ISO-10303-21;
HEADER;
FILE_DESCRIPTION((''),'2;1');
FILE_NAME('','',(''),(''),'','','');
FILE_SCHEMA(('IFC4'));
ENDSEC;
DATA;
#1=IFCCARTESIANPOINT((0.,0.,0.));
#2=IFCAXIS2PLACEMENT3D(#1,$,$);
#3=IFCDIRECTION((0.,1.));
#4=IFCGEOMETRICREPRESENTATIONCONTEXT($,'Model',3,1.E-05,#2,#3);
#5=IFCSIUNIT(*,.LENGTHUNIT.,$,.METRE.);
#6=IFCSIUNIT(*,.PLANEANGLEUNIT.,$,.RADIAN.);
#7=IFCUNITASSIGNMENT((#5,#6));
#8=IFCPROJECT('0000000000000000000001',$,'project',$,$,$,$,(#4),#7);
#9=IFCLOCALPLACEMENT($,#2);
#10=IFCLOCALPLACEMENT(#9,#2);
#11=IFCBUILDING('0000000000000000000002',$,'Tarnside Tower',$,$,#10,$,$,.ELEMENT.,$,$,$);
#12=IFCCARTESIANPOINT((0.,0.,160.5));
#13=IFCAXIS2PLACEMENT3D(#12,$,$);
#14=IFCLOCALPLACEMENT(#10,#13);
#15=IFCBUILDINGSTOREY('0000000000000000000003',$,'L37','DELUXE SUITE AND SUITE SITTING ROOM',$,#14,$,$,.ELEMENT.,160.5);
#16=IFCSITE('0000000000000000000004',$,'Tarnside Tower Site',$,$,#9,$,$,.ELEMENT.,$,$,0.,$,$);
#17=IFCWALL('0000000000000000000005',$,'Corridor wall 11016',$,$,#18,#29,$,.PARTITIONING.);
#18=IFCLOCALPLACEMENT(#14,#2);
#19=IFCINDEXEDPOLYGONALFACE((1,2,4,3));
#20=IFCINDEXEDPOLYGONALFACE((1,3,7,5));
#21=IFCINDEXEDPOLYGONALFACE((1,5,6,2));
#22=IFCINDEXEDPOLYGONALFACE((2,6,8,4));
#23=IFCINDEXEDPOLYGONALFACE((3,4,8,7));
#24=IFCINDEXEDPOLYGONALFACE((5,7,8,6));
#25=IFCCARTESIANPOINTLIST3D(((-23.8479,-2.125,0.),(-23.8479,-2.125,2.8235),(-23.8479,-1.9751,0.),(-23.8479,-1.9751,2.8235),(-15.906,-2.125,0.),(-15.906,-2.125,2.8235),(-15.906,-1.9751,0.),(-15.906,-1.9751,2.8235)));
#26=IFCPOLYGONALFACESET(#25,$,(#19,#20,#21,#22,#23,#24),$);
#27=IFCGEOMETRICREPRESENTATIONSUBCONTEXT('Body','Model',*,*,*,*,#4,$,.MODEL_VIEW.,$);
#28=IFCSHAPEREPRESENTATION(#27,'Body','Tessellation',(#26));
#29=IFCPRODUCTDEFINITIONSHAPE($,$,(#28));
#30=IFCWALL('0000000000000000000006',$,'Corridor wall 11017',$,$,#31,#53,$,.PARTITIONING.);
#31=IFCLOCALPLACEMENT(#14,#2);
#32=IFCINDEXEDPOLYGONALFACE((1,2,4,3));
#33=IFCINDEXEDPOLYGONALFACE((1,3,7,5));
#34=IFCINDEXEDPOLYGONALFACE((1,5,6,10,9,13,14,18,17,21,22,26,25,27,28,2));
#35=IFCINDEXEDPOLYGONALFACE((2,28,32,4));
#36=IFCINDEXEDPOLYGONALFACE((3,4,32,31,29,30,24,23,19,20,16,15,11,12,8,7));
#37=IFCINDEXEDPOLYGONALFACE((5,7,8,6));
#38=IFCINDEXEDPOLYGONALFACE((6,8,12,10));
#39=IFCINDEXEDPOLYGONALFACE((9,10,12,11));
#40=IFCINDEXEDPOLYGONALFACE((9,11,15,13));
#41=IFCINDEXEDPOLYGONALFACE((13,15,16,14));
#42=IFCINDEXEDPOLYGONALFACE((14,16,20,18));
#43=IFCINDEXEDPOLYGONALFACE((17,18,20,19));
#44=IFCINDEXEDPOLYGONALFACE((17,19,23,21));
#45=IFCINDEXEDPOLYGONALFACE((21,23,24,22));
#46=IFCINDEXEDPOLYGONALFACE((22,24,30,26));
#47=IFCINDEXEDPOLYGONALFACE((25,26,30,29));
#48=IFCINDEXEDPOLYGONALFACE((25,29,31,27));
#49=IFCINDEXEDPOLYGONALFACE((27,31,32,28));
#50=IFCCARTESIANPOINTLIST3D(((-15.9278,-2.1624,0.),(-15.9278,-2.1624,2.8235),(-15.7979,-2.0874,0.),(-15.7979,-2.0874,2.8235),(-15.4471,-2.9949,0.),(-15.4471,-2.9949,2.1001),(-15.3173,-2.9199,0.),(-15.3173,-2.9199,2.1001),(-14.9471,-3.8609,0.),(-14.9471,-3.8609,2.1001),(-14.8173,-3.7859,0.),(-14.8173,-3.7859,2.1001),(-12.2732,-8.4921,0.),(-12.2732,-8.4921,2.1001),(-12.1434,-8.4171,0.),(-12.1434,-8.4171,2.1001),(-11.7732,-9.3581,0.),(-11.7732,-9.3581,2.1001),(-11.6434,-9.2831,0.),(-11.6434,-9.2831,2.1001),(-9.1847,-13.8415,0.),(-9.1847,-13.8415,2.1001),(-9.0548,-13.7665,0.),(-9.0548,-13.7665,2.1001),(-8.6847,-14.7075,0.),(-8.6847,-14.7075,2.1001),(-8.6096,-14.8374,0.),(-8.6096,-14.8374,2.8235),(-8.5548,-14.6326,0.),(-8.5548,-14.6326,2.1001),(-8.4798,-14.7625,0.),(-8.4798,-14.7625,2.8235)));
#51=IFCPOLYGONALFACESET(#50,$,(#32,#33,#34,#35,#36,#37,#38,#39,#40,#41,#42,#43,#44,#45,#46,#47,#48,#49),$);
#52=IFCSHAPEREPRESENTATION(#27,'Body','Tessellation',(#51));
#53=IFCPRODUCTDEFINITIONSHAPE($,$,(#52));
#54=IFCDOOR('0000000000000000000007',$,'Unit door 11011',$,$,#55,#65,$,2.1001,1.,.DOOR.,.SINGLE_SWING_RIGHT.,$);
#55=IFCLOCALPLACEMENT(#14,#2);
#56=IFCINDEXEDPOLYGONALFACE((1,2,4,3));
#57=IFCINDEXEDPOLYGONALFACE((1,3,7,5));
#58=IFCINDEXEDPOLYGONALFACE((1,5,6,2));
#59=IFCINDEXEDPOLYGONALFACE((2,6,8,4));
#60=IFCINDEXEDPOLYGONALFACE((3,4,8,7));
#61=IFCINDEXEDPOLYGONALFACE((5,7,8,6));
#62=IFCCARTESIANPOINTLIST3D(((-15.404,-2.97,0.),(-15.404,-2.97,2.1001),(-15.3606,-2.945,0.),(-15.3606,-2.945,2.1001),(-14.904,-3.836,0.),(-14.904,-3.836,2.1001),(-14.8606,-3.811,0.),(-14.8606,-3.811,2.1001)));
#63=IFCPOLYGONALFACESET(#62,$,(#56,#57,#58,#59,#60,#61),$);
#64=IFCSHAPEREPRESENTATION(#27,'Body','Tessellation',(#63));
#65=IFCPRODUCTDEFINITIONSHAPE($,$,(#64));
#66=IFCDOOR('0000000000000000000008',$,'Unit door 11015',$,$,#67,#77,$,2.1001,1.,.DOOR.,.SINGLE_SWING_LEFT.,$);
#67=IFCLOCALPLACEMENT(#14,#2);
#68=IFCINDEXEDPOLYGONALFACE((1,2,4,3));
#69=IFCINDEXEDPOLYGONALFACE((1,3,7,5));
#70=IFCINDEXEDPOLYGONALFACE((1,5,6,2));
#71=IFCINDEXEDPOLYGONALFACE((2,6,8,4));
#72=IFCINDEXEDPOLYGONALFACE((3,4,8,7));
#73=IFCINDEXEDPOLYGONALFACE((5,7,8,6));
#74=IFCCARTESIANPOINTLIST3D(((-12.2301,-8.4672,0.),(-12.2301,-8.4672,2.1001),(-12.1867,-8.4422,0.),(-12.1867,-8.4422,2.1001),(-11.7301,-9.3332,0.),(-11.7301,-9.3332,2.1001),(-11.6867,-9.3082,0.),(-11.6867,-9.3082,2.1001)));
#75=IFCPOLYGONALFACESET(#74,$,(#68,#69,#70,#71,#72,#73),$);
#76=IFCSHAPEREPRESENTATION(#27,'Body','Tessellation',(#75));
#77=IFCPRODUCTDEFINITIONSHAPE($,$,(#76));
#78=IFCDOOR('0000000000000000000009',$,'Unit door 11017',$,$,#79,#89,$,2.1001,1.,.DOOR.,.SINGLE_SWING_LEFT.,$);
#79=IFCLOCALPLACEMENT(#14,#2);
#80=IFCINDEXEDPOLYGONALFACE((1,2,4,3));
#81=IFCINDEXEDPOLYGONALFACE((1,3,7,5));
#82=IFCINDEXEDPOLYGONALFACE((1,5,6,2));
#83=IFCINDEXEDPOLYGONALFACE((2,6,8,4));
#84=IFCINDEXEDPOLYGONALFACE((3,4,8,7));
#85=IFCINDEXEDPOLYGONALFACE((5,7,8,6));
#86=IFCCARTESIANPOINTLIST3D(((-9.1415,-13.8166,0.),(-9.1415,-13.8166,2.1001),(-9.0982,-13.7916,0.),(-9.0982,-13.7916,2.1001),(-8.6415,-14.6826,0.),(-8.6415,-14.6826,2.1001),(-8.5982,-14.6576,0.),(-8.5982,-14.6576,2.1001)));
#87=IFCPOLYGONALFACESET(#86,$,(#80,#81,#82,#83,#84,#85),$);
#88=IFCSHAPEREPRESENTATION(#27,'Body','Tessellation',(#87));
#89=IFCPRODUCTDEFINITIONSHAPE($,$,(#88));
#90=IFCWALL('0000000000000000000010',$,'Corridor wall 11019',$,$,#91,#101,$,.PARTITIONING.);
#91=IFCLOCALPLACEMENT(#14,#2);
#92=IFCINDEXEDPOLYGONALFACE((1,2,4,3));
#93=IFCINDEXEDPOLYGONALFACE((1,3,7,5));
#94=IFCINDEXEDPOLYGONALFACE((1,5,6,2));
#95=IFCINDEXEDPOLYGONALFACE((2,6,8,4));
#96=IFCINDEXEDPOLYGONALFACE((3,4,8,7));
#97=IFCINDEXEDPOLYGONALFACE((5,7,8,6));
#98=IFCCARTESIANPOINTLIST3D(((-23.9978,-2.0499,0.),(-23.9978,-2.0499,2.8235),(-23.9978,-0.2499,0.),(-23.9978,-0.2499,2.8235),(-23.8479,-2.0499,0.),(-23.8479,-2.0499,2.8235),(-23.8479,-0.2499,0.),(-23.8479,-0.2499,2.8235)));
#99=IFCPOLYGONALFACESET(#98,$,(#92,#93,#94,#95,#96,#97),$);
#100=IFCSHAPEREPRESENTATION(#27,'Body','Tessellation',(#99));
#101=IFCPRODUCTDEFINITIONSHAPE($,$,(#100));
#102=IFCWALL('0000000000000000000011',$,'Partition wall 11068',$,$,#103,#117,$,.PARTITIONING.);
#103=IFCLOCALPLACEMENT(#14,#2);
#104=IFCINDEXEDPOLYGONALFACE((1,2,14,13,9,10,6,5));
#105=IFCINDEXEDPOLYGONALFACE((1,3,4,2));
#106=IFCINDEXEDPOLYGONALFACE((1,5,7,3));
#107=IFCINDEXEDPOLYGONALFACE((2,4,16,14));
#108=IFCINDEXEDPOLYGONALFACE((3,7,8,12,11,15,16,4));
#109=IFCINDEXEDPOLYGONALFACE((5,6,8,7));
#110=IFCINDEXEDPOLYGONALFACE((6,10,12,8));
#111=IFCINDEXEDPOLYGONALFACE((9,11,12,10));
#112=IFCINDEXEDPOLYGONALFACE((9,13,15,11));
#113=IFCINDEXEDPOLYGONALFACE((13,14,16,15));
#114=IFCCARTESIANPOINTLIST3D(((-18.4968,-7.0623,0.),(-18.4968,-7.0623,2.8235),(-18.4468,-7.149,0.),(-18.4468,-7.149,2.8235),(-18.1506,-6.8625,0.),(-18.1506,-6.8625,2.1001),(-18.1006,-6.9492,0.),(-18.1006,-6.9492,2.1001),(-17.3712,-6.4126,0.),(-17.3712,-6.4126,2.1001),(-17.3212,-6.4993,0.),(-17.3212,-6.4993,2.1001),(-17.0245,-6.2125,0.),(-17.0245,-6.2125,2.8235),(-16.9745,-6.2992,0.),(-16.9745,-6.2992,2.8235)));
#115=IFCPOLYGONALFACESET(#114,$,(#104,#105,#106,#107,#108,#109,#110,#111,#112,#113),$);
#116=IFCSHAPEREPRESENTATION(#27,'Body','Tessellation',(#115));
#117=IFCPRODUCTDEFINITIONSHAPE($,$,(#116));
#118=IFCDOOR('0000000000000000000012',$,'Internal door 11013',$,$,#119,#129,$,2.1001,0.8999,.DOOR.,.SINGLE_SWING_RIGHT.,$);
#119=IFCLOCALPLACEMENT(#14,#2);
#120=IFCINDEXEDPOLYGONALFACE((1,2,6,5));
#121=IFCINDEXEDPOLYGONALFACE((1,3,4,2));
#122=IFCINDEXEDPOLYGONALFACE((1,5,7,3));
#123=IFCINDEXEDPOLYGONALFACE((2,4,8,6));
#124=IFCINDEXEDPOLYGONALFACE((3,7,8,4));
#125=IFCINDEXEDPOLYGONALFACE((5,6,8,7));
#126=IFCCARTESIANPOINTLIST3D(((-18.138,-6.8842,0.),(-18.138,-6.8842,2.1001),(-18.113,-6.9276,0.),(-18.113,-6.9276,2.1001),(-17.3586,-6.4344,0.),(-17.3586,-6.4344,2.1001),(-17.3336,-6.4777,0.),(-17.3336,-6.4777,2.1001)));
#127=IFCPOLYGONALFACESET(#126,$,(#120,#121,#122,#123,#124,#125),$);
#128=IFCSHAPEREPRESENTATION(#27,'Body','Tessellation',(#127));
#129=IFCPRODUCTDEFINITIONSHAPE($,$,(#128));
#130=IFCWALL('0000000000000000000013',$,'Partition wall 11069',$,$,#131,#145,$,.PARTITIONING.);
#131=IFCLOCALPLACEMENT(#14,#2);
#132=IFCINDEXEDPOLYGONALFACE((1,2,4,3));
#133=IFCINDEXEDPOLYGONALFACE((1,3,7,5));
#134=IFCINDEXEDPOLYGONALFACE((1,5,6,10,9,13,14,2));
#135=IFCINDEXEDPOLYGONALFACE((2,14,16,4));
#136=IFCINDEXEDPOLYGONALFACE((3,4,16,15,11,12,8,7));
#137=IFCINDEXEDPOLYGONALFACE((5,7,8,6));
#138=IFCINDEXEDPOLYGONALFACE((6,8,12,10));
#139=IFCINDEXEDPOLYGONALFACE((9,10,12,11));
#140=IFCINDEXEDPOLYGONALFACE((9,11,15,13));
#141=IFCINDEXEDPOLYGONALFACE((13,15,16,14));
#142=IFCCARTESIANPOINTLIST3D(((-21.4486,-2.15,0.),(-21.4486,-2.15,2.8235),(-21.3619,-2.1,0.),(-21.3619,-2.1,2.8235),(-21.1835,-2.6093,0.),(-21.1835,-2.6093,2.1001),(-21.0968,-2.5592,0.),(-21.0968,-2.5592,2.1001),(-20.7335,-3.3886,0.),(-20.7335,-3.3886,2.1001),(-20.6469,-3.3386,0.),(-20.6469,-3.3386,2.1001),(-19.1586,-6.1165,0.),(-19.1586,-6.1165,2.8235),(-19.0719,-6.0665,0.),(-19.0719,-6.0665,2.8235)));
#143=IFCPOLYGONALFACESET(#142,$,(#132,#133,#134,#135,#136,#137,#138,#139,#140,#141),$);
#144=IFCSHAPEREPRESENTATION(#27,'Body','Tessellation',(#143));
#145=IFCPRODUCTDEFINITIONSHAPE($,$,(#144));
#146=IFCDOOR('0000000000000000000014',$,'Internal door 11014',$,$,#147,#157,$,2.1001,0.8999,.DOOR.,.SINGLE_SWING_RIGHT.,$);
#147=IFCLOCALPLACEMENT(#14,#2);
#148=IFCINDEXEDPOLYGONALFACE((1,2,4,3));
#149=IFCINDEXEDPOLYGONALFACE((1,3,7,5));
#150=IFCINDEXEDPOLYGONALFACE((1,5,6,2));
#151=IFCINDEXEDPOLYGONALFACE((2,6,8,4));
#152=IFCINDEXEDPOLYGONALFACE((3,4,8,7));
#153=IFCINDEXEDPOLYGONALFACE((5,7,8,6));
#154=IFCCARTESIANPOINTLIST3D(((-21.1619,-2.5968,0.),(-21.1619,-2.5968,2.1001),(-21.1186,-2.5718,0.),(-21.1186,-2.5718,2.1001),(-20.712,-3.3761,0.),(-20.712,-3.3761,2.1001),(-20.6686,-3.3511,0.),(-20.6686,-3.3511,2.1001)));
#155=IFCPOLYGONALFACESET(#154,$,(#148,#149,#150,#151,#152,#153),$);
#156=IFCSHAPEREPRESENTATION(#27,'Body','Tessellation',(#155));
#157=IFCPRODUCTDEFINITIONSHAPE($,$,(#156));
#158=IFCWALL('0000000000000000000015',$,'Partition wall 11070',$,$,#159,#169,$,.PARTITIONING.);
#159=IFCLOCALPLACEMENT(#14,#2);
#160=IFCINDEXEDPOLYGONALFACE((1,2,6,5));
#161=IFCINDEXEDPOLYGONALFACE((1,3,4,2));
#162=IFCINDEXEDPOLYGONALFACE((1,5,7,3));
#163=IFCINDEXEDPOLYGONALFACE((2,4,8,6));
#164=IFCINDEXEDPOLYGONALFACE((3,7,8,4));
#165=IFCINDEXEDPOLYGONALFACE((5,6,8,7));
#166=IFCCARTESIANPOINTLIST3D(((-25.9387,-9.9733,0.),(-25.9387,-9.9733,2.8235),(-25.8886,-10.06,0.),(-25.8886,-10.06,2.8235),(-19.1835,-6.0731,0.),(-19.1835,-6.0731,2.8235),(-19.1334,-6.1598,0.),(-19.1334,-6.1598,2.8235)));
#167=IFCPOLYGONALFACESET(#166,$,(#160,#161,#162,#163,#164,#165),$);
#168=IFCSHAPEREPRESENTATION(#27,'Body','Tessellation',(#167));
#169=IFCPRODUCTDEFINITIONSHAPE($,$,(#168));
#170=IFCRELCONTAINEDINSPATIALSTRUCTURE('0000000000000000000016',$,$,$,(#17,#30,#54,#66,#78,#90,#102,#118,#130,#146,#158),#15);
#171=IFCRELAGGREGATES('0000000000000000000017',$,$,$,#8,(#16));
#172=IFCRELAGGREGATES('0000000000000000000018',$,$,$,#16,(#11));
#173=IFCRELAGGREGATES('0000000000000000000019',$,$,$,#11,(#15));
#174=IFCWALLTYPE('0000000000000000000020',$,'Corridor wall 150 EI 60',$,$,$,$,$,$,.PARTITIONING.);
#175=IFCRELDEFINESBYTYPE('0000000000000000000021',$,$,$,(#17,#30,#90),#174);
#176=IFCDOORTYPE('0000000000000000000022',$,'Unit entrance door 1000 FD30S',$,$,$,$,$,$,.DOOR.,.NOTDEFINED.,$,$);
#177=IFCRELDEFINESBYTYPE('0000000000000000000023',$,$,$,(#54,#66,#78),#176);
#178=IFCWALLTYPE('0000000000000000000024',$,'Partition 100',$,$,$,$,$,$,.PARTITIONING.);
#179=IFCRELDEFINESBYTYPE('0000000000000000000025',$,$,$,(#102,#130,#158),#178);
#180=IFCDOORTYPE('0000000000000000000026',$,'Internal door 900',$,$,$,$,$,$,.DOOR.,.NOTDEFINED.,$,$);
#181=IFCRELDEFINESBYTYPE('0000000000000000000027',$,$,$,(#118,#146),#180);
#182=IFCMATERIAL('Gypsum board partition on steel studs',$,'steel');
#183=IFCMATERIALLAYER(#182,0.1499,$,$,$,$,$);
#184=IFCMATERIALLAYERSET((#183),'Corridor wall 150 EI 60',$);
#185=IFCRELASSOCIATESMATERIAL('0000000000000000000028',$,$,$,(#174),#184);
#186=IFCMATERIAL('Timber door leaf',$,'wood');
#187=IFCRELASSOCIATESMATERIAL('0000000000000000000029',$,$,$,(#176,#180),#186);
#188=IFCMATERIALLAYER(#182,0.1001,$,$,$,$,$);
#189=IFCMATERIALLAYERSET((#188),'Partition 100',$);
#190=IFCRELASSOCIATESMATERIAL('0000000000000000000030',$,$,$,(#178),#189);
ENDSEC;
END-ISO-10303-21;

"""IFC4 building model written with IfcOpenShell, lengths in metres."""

from ifc_helpers import new_model, si_unit, direction, frame, frame_2d, origin, place, context, subcontext, project, spatial, rectangle, extrude, material, layer, layer_set, type_object, element, fill, save


model = new_model("IFC4")

# Units and contexts
model_context = context("Model", 3, precision=1e-05, world=origin(), true_north=direction((0.0, 1.0)))
body_context = subcontext(model_context, "Body", "Model", "MODEL_VIEW")
ifc_project = project(units=[si_unit("LENGTHUNIT", "METRE"), si_unit("PLANEANGLEUNIT", "RADIAN")], contexts=[model_context])

# Site, building, storey
site_placement = place(None, origin())
site = spatial("IfcSite", under=ifc_project, at=site_placement, Name="Tarnside Tower Site", CompositionType="ELEMENT", RefElevation=0.0)
building_placement = place(site_placement, origin())
building = spatial("IfcBuilding", under=site, at=building_placement, Name="Tarnside Tower", CompositionType="ELEMENT")
storey_placement = place(building_placement, frame((0.0, 0.0, 160.5)))
storey = spatial("IfcBuildingStorey", under=building, at=storey_placement, Name="L37", Description="DELUXE SUITE AND SUITE SITTING ROOM", CompositionType="ELEMENT", Elevation=160.5)

# Shared definitions
ifc_material_1 = material(Name="Gypsum board partition on steel studs", Category="steel")
ifc_material_2 = material(Name="Timber door leaf", Category="wood")

# Wall
ifc_layer_1 = layer(ifc_material_1, 0.1499)
ifc_layer_set_1 = layer_set([ifc_layer_1], Name="Corridor wall 150 EI 60")
wall_type_1 = type_object("IfcWallType", Name="Corridor wall 150 EI 60", PredefinedType="PARTITIONING", material=ifc_layer_set_1)
wall_1_placement = place(storey_placement, frame((-23.8479, -2.05, 0.0), z_axis=(0.0, 0.0, 1.0), x_axis=(1.0, 0.0, 0.0)))
element("IfcWall", 1, at=wall_1_placement, inside=storey, type_object=wall_type_1, Name="Corridor wall 11016", PredefinedType="PARTITIONING", context=body_context, shape_type="SweptSolid", body=[
    extrude(rectangle(XDim=7.9419, YDim=0.1499, at=frame_2d((3.9709, 0.0))), origin(), (0.0, 0.0, 1.0), 2.8235),
])

# Wall, openings, doors
wall_2_placement = place(storey_placement, frame((-15.8628, -2.125, 0.0), z_axis=(0.0, 0.0, 1.0), x_axis=(0.500009, -0.86602, 0.0)))
wall_2 = element("IfcWall", 2, at=wall_2_placement, inside=storey, type_object=wall_type_1, Name="Corridor wall 11017", PredefinedType="PARTITIONING", context=body_context, shape_type="SweptSolid", body=[
    extrude(rectangle(XDim=14.636, YDim=0.1499, at=frame_2d((7.3179, 0.0))), origin(), (0.0, 0.0, 1.0), 2.8235),
])
opening_1_placement = place(wall_2_placement, frame((0.9612, 0.0, 0.0)))
opening_1 = element("IfcOpeningElement", 3, at=opening_1_placement, cuts=wall_2, PredefinedType="OPENING", context=body_context, shape_type="SweptSolid", body=[
    extrude(rectangle(XDim=1.0, YDim=2.1001, at=frame_2d((0.5, 1.05))), frame((0.0, 0.085, 0.0), z_axis=(0.0, -1.0, 0.0), x_axis=(1.0, 0.0, 0.0)), (0.0, 0.0, 1.0), 0.1699),
])
opening_2_placement = place(wall_2_placement, frame((7.3088, 0.0, 0.0)))
opening_2 = element("IfcOpeningElement", 4, at=opening_2_placement, cuts=wall_2, PredefinedType="OPENING", context=body_context, shape_type="SweptSolid", body=[
    extrude(rectangle(XDim=1.0, YDim=2.1001, at=frame_2d((0.5, 1.05))), frame((0.0, 0.085, 0.0), z_axis=(0.0, -1.0, 0.0), x_axis=(1.0, 0.0, 0.0)), (0.0, 0.0, 1.0), 0.1699),
])
opening_3_placement = place(wall_2_placement, frame((13.4858, 0.0, 0.0)))
opening_3 = element("IfcOpeningElement", 5, at=opening_3_placement, cuts=wall_2, PredefinedType="OPENING", context=body_context, shape_type="SweptSolid", body=[
    extrude(rectangle(XDim=1.0, YDim=2.1001, at=frame_2d((0.5, 1.05))), frame((0.0, 0.085, 0.0), z_axis=(0.0, -1.0, 0.0), x_axis=(1.0, 0.0, 0.0)), (0.0, 0.0, 1.0), 0.1699),
])
door_type_1 = type_object("IfcDoorType", Name="Unit entrance door 1000 FD30S", OperationType="NOTDEFINED", PredefinedType="DOOR", material=ifc_material_2)
door_1_placement = place(opening_1_placement, origin())
door_1 = element("IfcDoor", 6, at=door_1_placement, inside=storey, type_object=door_type_1, Name="Unit door 11011", OperationType="SINGLE_SWING_RIGHT", OverallHeight=2.1001, OverallWidth=1.0, PredefinedType="DOOR", context=body_context, shape_type="SweptSolid", body=[
    extrude(rectangle(XDim=1.0, YDim=2.1001, at=frame_2d((0.5, 1.05))), frame((0.0, 0.0249, 0.0), z_axis=(0.0, -1.0, 0.0), x_axis=(1.0, 0.0, 0.0)), (0.0, 0.0, 1.0), 0.05),
])
fill(opening_1, door_1)
door_2_placement = place(opening_2_placement, origin())
door_2 = element("IfcDoor", 7, at=door_2_placement, inside=storey, type_object=door_type_1, Name="Unit door 11015", OperationType="SINGLE_SWING_LEFT", OverallHeight=2.1001, OverallWidth=1.0, PredefinedType="DOOR", context=body_context, shape_type="SweptSolid", body=[
    extrude(rectangle(XDim=1.0, YDim=2.1001, at=frame_2d((0.5, 1.05))), frame((0.0, 0.0249, 0.0), z_axis=(0.0, -1.0, 0.0), x_axis=(1.0, 0.0, 0.0)), (0.0, 0.0, 1.0), 0.05),
])
fill(opening_2, door_2)
door_3_placement = place(opening_3_placement, origin())
door_3 = element("IfcDoor", 8, at=door_3_placement, inside=storey, type_object=door_type_1, Name="Unit door 11017", OperationType="SINGLE_SWING_LEFT", OverallHeight=2.1001, OverallWidth=1.0, PredefinedType="DOOR", context=body_context, shape_type="SweptSolid", body=[
    extrude(rectangle(XDim=1.0, YDim=2.1001, at=frame_2d((0.5, 1.05))), frame((0.0, 0.0249, 0.0), z_axis=(0.0, -1.0, 0.0), x_axis=(1.0, 0.0, 0.0)), (0.0, 0.0, 1.0), 0.05),
])
fill(opening_3, door_3)

# Wall
wall_3_placement = place(storey_placement, frame((-23.9229, -0.25, 0.0), z_axis=(0.0, 0.0, 1.0), x_axis=(0.0, -1.0, 0.0)))
element("IfcWall", 9, at=wall_3_placement, inside=storey, type_object=wall_type_1, Name="Corridor wall 11019", PredefinedType="PARTITIONING", context=body_context, shape_type="SweptSolid", body=[
    extrude(rectangle(XDim=1.8, YDim=0.1499, at=frame_2d((0.8999, 0.0))), origin(), (0.0, 0.0, 1.0), 2.8235),
])

# Walls, openings, doors
ifc_layer_2 = layer(ifc_material_1, 0.1001)
ifc_layer_set_2 = layer_set([ifc_layer_2], Name="Partition 100")
wall_type_2 = type_object("IfcWallType", Name="Partition 100", PredefinedType="PARTITIONING", material=ifc_layer_set_2)
wall_4_placement = place(storey_placement, frame((-18.4719, -7.1057, 0.0), z_axis=(0.0, 0.0, 1.0), x_axis=(0.866088, 0.499892, 0.0)))
wall_4 = element("IfcWall", 10, at=wall_4_placement, inside=storey, type_object=wall_type_2, Name="Partition wall 11068", PredefinedType="PARTITIONING", context=body_context, shape_type="SweptSolid", body=[
    extrude(rectangle(XDim=1.7, YDim=0.1001, at=frame_2d((0.8501, 0.0))), origin(), (0.0, 0.0, 1.0), 2.8235),
])
opening_4_placement = place(wall_4_placement, frame((0.3999, 0.0, 0.0)))
opening_4 = element("IfcOpeningElement", 11, at=opening_4_placement, cuts=wall_4, PredefinedType="OPENING", context=body_context, shape_type="SweptSolid", body=[
    extrude(rectangle(XDim=0.8999, YDim=2.1001, at=frame_2d((0.45, 1.05))), frame((0.0, 0.0601, 0.0), z_axis=(0.0, -1.0, 0.0), x_axis=(1.0, 0.0, 0.0)), (0.0, 0.0, 1.0), 0.1201),
])
door_type_2 = type_object("IfcDoorType", Name="Internal door 900", OperationType="NOTDEFINED", PredefinedType="DOOR", material=ifc_material_2)
door_4_placement = place(opening_4_placement, origin())
door_4 = element("IfcDoor", 12, at=door_4_placement, inside=storey, type_object=door_type_2, Name="Internal door 11013", OperationType="SINGLE_SWING_RIGHT", OverallHeight=2.1001, OverallWidth=0.8999, PredefinedType="DOOR", context=body_context, shape_type="SweptSolid", body=[
    extrude(rectangle(XDim=0.8999, YDim=2.1001, at=frame_2d((0.45, 1.05))), frame((0.0, 0.0249, 0.0), z_axis=(0.0, -1.0, 0.0), x_axis=(1.0, 0.0, 0.0)), (0.0, 0.0, 1.0), 0.05),
])
fill(opening_4, door_4)
wall_5_placement = place(storey_placement, frame((-21.4053, -2.125, 0.0), z_axis=(0.0, 0.0, 1.0), x_axis=(0.499992, -0.86603, 0.0)))
wall_5 = element("IfcWall", 13, at=wall_5_placement, inside=storey, type_object=wall_type_2, Name="Partition wall 11069", PredefinedType="PARTITIONING", context=body_context, shape_type="SweptSolid", body=[
    extrude(rectangle(XDim=4.5801, YDim=0.1001, at=frame_2d((2.29, 0.0))), origin(), (0.0, 0.0, 1.0), 2.8235),
])
opening_5_placement = place(wall_5_placement, frame((0.5303, 0.0, 0.0)))
opening_5 = element("IfcOpeningElement", 14, at=opening_5_placement, cuts=wall_5, PredefinedType="OPENING", context=body_context, shape_type="SweptSolid", body=[
    extrude(rectangle(XDim=0.8999, YDim=2.1001, at=frame_2d((0.45, 1.05))), frame((0.0, 0.0601, 0.0), z_axis=(0.0, -1.0, 0.0), x_axis=(1.0, 0.0, 0.0)), (0.0, 0.0, 1.0), 0.1201),
])
door_5_placement = place(opening_5_placement, origin())
door_5 = element("IfcDoor", 15, at=door_5_placement, inside=storey, type_object=door_type_2, Name="Internal door 11014", OperationType="SINGLE_SWING_RIGHT", OverallHeight=2.1001, OverallWidth=0.8999, PredefinedType="DOOR", context=body_context, shape_type="SweptSolid", body=[
    extrude(rectangle(XDim=0.8999, YDim=2.1001, at=frame_2d((0.45, 1.05))), frame((0.0, 0.0249, 0.0), z_axis=(0.0, -1.0, 0.0), x_axis=(1.0, 0.0, 0.0)), (0.0, 0.0, 1.0), 0.05),
])
fill(opening_5, door_5)

# Wall
wall_6_placement = place(storey_placement, frame((-19.1584, -6.1165, 0.0), z_axis=(0.0, 0.0, 1.0), x_axis=(-0.866021, -0.500007, 0.0)))
element("IfcWall", 16, at=wall_6_placement, inside=storey, type_object=wall_type_2, Name="Partition wall 11070", PredefinedType="PARTITIONING", context=body_context, shape_type="SweptSolid", body=[
    extrude(rectangle(XDim=7.8003, YDim=0.1001, at=frame_2d((3.9001, 0.0))), origin(), (0.0, 0.0, 1.0), 2.8235),
])

save(model, "model.ifc")
